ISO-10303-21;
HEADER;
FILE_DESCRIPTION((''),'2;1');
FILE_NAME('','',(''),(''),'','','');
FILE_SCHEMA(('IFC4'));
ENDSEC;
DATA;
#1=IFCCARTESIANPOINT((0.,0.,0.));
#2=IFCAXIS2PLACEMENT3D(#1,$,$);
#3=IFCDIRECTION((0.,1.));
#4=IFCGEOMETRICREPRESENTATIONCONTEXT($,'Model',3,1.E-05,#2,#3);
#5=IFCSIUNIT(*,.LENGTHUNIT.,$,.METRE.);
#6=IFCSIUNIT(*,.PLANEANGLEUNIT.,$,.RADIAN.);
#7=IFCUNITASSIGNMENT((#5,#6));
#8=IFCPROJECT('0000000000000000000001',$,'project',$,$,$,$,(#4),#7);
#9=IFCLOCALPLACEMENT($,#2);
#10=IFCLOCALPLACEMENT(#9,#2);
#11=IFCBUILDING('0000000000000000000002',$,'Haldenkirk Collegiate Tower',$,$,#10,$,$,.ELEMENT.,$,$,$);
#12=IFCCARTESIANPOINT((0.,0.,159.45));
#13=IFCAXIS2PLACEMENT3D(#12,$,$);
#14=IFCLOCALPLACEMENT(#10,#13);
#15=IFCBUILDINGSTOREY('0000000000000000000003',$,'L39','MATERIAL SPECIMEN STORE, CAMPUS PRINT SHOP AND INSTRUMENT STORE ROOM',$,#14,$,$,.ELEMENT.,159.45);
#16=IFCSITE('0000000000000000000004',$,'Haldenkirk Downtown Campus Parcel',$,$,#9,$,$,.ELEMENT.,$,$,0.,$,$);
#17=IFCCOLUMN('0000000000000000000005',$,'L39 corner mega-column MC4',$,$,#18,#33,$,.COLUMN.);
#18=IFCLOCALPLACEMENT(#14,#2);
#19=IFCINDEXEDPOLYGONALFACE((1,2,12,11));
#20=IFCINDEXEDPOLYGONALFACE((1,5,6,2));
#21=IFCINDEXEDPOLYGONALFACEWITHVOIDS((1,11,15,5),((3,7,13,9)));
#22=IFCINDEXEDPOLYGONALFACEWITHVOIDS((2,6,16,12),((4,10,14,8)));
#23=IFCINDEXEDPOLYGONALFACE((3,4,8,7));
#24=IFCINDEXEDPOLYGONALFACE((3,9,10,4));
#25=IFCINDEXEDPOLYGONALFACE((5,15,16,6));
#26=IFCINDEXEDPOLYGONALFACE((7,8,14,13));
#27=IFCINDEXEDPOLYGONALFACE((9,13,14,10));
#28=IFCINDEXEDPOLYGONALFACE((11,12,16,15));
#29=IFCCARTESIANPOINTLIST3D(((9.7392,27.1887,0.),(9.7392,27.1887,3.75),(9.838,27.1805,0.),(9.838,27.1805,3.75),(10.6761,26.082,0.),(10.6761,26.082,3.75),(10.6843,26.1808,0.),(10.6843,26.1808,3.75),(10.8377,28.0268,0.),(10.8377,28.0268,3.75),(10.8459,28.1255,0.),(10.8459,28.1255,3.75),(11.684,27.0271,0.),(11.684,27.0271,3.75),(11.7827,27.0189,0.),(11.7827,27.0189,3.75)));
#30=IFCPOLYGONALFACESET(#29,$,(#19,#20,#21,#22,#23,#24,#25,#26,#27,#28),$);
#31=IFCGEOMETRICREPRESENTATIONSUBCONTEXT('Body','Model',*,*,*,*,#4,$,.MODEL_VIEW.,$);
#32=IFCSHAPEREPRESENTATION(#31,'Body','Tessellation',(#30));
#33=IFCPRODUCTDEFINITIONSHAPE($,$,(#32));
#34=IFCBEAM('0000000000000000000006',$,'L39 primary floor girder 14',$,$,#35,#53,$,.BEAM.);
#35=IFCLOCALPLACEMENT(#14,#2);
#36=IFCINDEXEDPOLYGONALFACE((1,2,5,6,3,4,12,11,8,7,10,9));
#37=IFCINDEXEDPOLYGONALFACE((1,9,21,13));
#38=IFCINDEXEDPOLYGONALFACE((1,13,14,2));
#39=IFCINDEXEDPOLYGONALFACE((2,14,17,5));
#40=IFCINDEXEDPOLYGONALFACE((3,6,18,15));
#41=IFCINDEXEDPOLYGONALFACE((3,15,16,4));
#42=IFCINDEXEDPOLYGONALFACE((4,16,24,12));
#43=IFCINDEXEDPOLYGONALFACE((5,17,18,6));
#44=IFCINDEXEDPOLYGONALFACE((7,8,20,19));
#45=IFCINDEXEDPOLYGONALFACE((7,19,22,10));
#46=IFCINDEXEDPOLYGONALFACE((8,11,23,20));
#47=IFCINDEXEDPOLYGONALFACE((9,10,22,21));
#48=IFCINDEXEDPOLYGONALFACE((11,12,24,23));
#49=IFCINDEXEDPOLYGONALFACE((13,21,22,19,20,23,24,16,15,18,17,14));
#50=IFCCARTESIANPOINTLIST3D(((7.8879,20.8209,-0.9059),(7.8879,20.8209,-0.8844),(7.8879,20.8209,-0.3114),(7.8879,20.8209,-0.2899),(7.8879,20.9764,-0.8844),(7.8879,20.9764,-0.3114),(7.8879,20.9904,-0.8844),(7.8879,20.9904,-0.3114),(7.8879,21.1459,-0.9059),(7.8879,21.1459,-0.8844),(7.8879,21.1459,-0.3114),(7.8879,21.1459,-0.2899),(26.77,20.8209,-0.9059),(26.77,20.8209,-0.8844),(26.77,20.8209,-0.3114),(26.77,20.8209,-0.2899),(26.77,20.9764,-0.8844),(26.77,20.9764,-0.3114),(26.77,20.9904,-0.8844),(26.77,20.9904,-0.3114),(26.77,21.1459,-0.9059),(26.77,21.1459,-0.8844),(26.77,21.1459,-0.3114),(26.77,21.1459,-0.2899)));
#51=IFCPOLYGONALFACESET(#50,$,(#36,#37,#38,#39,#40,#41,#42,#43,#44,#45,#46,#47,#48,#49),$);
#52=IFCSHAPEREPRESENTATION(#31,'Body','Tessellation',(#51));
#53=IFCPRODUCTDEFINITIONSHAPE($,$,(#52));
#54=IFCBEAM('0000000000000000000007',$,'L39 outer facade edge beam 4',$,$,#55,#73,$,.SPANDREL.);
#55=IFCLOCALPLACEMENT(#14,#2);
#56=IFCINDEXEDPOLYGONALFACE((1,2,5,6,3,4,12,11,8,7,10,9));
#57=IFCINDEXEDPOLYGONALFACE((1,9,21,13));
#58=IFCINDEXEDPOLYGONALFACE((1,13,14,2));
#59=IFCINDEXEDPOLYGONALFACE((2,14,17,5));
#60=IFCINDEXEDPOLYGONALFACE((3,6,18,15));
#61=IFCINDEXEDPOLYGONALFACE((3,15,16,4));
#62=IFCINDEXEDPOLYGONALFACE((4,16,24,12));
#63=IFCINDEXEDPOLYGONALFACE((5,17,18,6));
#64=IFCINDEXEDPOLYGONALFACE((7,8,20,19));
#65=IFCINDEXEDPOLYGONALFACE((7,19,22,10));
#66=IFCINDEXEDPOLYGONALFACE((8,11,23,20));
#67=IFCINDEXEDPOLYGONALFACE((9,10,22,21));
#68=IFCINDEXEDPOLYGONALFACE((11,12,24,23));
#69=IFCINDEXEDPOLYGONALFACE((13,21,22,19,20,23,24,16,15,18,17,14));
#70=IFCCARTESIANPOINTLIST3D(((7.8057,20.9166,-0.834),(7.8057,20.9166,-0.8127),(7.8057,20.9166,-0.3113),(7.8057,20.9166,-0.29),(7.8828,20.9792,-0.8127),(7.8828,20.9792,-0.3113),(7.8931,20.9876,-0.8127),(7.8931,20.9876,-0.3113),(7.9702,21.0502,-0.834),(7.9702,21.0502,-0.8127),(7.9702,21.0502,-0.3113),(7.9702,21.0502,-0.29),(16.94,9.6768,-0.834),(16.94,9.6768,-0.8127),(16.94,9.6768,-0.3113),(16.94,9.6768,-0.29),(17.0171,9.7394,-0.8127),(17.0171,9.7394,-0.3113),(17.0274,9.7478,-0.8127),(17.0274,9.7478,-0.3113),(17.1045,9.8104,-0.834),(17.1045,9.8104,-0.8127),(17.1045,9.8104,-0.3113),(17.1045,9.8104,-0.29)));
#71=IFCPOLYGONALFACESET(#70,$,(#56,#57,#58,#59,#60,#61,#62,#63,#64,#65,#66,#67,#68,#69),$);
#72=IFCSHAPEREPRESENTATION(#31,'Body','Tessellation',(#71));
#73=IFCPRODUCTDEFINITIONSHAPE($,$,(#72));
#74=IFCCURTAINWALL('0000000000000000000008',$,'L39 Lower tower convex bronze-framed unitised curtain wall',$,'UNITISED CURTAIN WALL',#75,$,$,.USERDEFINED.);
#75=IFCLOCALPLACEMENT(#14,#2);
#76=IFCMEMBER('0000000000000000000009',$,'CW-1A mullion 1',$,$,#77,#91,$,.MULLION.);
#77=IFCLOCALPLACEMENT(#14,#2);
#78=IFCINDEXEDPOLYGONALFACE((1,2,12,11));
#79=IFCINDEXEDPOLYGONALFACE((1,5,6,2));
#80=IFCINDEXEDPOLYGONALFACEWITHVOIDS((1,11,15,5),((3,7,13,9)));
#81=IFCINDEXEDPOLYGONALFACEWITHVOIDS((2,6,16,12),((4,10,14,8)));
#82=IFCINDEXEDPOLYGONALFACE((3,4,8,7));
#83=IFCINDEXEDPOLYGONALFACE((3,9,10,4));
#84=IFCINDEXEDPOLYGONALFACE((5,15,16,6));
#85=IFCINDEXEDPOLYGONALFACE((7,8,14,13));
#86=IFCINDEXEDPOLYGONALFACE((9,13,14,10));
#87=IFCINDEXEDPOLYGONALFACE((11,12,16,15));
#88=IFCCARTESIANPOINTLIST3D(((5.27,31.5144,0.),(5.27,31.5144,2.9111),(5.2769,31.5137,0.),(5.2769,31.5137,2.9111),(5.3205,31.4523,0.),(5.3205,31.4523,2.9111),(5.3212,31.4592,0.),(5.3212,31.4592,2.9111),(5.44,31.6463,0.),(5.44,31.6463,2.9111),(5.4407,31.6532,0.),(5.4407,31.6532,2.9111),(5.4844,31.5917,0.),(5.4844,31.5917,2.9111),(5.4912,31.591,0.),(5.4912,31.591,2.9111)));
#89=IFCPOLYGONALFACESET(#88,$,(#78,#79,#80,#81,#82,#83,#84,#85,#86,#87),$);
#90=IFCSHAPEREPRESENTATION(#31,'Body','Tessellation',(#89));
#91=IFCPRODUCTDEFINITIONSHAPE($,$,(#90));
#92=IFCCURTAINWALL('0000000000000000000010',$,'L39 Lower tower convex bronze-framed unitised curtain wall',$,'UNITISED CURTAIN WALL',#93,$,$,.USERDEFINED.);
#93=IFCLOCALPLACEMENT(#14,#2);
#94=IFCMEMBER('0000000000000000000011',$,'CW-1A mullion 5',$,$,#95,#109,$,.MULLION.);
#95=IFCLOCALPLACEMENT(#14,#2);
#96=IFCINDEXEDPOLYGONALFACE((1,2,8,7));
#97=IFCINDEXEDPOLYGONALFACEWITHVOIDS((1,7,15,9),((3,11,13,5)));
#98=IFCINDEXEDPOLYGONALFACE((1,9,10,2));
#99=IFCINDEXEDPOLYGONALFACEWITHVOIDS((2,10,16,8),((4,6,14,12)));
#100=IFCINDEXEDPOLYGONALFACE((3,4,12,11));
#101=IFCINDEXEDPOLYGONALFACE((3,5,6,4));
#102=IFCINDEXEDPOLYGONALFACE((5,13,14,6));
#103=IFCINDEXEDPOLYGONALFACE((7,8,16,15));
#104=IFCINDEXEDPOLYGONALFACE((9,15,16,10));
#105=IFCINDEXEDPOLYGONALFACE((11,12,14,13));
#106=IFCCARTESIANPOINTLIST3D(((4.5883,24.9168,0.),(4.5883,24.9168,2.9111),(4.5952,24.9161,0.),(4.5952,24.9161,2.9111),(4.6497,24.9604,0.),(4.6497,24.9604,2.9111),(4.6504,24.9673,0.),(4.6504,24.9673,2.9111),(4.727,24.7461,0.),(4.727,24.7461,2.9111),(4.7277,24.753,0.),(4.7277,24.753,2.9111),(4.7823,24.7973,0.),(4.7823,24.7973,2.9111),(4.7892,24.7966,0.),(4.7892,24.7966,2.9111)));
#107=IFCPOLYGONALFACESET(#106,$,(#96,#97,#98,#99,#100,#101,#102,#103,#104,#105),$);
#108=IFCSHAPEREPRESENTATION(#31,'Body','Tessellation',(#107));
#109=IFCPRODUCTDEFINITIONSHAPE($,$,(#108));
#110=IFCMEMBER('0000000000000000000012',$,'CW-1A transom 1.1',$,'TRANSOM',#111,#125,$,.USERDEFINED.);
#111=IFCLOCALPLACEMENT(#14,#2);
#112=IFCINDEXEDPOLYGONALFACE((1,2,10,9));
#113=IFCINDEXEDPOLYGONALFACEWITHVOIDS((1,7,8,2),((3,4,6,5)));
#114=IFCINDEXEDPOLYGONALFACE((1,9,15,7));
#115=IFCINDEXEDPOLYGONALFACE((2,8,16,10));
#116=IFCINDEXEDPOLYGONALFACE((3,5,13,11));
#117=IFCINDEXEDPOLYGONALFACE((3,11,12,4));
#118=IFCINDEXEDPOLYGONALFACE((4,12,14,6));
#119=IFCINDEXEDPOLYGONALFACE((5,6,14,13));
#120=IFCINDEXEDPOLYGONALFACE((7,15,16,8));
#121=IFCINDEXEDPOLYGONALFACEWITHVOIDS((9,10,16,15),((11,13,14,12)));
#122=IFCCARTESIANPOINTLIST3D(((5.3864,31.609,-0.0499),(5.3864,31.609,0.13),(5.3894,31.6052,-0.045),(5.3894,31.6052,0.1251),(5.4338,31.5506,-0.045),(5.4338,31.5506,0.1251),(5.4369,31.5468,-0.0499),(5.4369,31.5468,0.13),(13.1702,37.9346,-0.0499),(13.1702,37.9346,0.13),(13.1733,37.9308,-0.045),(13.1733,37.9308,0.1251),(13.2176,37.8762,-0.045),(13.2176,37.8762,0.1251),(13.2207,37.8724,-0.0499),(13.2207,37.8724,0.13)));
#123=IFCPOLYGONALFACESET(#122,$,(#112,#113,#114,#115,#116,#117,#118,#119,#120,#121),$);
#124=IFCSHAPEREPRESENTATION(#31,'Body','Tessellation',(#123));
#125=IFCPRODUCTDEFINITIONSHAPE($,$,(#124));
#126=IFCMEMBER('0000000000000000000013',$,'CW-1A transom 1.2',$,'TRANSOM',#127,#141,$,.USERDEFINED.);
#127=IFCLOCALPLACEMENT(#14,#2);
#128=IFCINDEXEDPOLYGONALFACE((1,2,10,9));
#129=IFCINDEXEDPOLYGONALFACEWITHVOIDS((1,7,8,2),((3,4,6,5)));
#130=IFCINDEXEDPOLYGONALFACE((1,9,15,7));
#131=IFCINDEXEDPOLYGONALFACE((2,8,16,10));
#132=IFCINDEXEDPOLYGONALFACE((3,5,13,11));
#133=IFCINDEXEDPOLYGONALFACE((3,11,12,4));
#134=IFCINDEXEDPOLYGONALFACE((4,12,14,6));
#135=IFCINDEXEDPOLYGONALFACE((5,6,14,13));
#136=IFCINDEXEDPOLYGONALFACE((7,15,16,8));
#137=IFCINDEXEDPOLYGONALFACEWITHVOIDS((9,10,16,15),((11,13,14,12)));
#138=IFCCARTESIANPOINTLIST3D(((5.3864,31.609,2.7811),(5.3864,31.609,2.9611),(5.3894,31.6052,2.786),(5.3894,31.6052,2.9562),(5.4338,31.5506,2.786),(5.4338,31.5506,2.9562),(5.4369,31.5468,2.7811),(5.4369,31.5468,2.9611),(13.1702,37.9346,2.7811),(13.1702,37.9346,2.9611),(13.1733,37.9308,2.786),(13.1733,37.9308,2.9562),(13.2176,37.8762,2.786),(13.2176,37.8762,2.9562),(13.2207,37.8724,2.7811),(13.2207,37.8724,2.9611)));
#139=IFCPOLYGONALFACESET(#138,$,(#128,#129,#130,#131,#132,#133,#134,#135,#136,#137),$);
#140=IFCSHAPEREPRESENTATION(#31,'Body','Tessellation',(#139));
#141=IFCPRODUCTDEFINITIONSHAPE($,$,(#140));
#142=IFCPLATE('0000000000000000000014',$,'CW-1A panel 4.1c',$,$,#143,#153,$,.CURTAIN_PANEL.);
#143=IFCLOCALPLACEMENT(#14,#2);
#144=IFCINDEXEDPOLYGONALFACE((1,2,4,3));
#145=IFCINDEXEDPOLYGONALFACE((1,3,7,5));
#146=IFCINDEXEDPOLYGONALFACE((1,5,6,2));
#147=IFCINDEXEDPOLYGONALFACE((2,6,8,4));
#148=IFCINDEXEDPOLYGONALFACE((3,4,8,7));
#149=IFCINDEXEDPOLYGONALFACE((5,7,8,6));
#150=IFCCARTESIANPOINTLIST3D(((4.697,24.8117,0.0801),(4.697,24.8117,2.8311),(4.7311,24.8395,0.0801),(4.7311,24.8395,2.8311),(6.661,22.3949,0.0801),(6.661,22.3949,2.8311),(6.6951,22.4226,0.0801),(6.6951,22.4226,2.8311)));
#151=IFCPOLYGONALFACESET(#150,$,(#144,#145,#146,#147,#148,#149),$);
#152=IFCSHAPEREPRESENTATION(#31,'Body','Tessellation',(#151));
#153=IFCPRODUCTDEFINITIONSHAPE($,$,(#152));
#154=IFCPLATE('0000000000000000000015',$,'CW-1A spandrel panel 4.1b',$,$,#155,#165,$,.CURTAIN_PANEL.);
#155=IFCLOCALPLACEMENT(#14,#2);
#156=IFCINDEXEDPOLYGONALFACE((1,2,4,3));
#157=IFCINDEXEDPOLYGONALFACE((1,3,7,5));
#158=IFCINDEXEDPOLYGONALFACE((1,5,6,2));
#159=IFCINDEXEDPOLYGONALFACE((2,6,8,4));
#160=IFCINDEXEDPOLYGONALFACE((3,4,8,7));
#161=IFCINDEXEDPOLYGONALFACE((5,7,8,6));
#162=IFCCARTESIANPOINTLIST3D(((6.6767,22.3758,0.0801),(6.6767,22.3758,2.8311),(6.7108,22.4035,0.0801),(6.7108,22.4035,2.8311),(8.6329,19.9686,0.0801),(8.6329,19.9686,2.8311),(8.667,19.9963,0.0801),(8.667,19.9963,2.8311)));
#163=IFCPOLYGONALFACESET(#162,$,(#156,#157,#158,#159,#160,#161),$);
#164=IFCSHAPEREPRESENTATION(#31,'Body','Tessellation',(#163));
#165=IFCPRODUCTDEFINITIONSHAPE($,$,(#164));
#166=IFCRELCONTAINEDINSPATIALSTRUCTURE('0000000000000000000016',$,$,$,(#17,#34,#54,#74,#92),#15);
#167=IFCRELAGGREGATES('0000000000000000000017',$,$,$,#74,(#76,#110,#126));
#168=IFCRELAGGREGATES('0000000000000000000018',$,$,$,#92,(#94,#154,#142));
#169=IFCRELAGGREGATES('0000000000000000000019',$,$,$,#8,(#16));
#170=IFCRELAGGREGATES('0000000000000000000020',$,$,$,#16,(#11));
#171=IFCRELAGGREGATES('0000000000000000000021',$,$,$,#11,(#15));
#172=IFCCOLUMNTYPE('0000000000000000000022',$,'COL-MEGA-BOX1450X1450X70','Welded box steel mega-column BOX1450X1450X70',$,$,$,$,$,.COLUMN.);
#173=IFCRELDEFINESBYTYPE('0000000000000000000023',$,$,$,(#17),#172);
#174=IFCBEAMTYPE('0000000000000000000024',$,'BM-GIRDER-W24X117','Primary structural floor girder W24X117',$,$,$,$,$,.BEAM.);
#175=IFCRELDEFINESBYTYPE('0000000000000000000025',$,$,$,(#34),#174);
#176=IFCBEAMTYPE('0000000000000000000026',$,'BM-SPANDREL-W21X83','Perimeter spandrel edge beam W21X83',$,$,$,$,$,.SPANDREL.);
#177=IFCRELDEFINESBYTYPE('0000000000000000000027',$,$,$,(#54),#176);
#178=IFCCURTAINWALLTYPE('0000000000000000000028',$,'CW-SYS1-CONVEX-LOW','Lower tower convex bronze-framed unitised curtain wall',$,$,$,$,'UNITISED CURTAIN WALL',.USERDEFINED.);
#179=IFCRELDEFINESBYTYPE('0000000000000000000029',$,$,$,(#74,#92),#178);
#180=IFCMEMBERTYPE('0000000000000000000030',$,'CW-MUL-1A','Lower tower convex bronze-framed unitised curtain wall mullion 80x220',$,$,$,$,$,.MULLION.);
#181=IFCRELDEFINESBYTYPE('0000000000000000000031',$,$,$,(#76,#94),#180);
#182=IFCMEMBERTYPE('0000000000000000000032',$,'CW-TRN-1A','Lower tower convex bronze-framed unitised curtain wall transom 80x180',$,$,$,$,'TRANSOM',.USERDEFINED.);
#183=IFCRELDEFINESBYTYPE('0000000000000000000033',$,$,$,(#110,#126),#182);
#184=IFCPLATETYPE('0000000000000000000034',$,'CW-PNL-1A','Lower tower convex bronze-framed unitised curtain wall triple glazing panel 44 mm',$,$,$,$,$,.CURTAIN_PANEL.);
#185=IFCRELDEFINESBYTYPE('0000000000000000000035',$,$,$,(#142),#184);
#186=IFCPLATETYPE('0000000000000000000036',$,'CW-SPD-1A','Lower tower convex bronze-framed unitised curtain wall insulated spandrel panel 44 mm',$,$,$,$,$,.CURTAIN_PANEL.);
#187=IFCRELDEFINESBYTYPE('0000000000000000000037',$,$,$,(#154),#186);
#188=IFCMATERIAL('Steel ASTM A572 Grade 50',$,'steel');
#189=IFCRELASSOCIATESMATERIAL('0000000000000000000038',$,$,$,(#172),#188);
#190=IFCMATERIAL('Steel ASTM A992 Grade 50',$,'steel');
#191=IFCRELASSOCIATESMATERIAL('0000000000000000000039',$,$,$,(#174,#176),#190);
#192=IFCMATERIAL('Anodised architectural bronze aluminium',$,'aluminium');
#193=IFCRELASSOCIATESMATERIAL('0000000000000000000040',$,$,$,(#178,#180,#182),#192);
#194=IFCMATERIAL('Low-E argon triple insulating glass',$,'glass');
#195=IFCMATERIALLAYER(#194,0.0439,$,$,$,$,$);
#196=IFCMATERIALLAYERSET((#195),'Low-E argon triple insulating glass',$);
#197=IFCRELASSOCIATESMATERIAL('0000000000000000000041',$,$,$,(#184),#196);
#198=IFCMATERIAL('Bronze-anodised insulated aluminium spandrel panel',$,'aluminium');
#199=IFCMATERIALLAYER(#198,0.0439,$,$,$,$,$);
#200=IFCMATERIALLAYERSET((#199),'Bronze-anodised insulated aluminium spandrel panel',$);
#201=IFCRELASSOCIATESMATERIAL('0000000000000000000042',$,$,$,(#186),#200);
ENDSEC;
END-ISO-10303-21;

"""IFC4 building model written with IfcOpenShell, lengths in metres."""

from ifc_helpers import new_model, si_unit, direction, frame, origin, origin_2d, place, context, subcontext, project, spatial, rectangle, hollow_rectangle, i_section, extrude, source, transform, mapped, material, layer, layer_set, material_profile, profile_set, type_object, element, aggregate, save


model = new_model("IFC4")

# Units and contexts
model_context = context("Model", 3, precision=1e-05, world=origin(), true_north=direction((0.0, 1.0)))
body_context = subcontext(model_context, "Body", "Model", "MODEL_VIEW")
ifc_project = project(units=[si_unit("LENGTHUNIT", "METRE"), si_unit("PLANEANGLEUNIT", "RADIAN")], contexts=[model_context])

# Site, building, storey
site_placement = place(None, origin())
site = spatial("IfcSite", under=ifc_project, at=site_placement, Name="Haldenkirk Downtown Campus Parcel", CompositionType="ELEMENT", RefElevation=0.0)
building_placement = place(site_placement, origin())
building = spatial("IfcBuilding", under=site, at=building_placement, Name="Haldenkirk Collegiate Tower", CompositionType="ELEMENT")
storey_placement = place(building_placement, frame((0.0, 0.0, 159.45)))
storey = spatial("IfcBuildingStorey", under=building, at=storey_placement, Name="L39", Description="MATERIAL SPECIMEN STORE, CAMPUS PRINT SHOP AND INSTRUMENT STORE ROOM", CompositionType="ELEMENT", Elevation=159.45)

# Column
ifc_material_1 = material(Name="Steel ASTM A572 Grade 50", Category="steel")
ifc_material_profile_1 = material_profile(ifc_material_1, hollow_rectangle(XDim=1.45, YDim=1.45, WallThickness=0.0701, at=origin_2d()), Name="BOX1450X1450X70")
ifc_profile_set_1 = profile_set([ifc_material_profile_1], Name="Steel ASTM A572 Grade 50")
column_type = type_object("IfcColumnType", Name="COL-MEGA-BOX1450X1450X70", Description="Welded box steel mega-column BOX1450X1450X70", PredefinedType="COLUMN", material=ifc_profile_set_1)
column_placement = place(storey_placement, frame((10.761, 27.1038, 0.0), z_axis=(0.0, 0.0, 1.0), x_axis=(0.763232, 0.646124, 0.0)))
element("IfcColumn", 1, at=column_placement, inside=storey, type_object=column_type, Name="L39 corner mega-column MC4", PredefinedType="COLUMN", context=body_context, shape_type="SweptSolid", body=[
    extrude(hollow_rectangle(XDim=1.45, YDim=1.45, WallThickness=0.0701, at=origin_2d()), origin(), (0.0, 0.0, 1.0), 3.75),
])

# Beams
ifc_material_2 = material(Name="Steel ASTM A992 Grade 50", Category="steel")
ifc_material_profile_2 = material_profile(ifc_material_2, i_section(OverallWidth=0.325, OverallDepth=0.616, WebThickness=0.0139, FlangeThickness=0.0215, at=origin_2d()), Name="W24X117")
ifc_profile_set_2 = profile_set([ifc_material_profile_2], Name="Steel ASTM A992 Grade 50")
beam_type_1 = type_object("IfcBeamType", Name="BM-GIRDER-W24X117", Description="Primary structural floor girder W24X117", PredefinedType="BEAM", material=ifc_profile_set_2)
beam_1_placement = place(storey_placement, frame((7.8879, 20.9834, -0.5979), z_axis=(1.0, 0.0, 0.0), x_axis=(0.0, 1.0, 0.0)))
element("IfcBeam", 2, at=beam_1_placement, inside=storey, type_object=beam_type_1, Name="L39 primary floor girder 14", PredefinedType="BEAM", context=body_context, shape_type="SweptSolid", body=[
    extrude(i_section(OverallWidth=0.325, OverallDepth=0.616, WebThickness=0.0139, FlangeThickness=0.0215, at=origin_2d()), origin(), (0.0, 0.0, 1.0), 18.8821),
])
ifc_material_profile_3 = material_profile(ifc_material_2, i_section(OverallWidth=0.2119, OverallDepth=0.5439, WebThickness=0.0132, FlangeThickness=0.0212, at=origin_2d()), Name="W21X83")
ifc_profile_set_3 = profile_set([ifc_material_profile_3], Name="Steel ASTM A992 Grade 50")
beam_type_2 = type_object("IfcBeamType", Name="BM-SPANDREL-W21X83", Description="Perimeter spandrel edge beam W21X83", PredefinedType="SPANDREL", material=ifc_profile_set_3)
beam_2_placement = place(storey_placement, frame((7.8879, 20.9834, -0.562), z_axis=(0.630675, -0.776047, 0.0), x_axis=(0.776047, 0.630675, 0.0)))
element("IfcBeam", 3, at=beam_2_placement, inside=storey, type_object=beam_type_2, Name="L39 outer facade edge beam 4", PredefinedType="SPANDREL", context=body_context, shape_type="SweptSolid", body=[
    extrude(i_section(OverallWidth=0.2119, OverallDepth=0.5439, WebThickness=0.0132, FlangeThickness=0.0212, at=origin_2d()), origin(), (0.0, 0.0, 1.0), 14.4834),
])

# Curtain walls, members
ifc_material_3 = material(Name="Anodised architectural bronze aluminium", Category="aluminium")
curtain_wall_type = type_object("IfcCurtainWallType", Name="CW-SYS1-CONVEX-LOW", Description="Lower tower convex bronze-framed unitised curtain wall", ElementType="UNITISED CURTAIN WALL", PredefinedType="USERDEFINED", material=ifc_material_3)
curtain_wall_1_placement = place(storey_placement, origin())
curtain_wall_1 = element("IfcCurtainWall", 4, at=curtain_wall_1_placement, inside=storey, type_object=curtain_wall_type, Name="L39 Lower tower convex bronze-framed unitised curtain wall", ObjectType="UNITISED CURTAIN WALL", PredefinedType="USERDEFINED")
ifc_material_profile_4 = material_profile(ifc_material_3, hollow_rectangle(XDim=0.0801, YDim=0.22, WallThickness=0.0049, at=origin_2d()), Name="CW-MUL-1A")
ifc_profile_set_4 = profile_set([ifc_material_profile_4], Name="Anodised architectural bronze aluminium")
member_type_1 = type_object("IfcMemberType", Name="CW-MUL-1A", Description="Lower tower convex bronze-framed unitised curtain wall mullion 80x220", PredefinedType="MULLION", material=ifc_profile_set_4)
member_1_placement = place(storey_placement, frame((5.3806, 31.5527, 0.0), z_axis=(0.0, 0.0, 1.0), x_axis=(-0.630674, 0.776048, 0.0)))
member_1 = element("IfcMember", 5, at=member_1_placement, type_object=member_type_1, Name="CW-1A mullion 1", PredefinedType="MULLION", context=body_context, shape_type="SweptSolid", body=[
    extrude(hollow_rectangle(XDim=0.0801, YDim=0.22, WallThickness=0.0049, at=origin_2d()), origin(), (0.0, 0.0, 1.0), 2.9111),
])
curtain_wall_2_placement = place(storey_placement, origin())
curtain_wall_2 = element("IfcCurtainWall", 6, at=curtain_wall_2_placement, inside=storey, type_object=curtain_wall_type, Name="L39 Lower tower convex bronze-framed unitised curtain wall", ObjectType="UNITISED CURTAIN WALL", PredefinedType="USERDEFINED")
member_2_placement = place(storey_placement, frame((4.6887, 24.8567, 0.0), z_axis=(0.0, 0.0, 1.0), x_axis=(-0.776048, -0.630674, 0.0)))
member_2 = element("IfcMember", 7, at=member_2_placement, type_object=member_type_1, Name="CW-1A mullion 5", PredefinedType="MULLION", context=body_context, shape_type="SweptSolid", body=[
    extrude(hollow_rectangle(XDim=0.0801, YDim=0.22, WallThickness=0.0049, at=origin_2d()), origin(), (0.0, 0.0, 1.0), 2.9111),
])

# Members
ifc_material_profile_5 = material_profile(ifc_material_3, hollow_rectangle(XDim=0.0801, YDim=0.1799, WallThickness=0.0049, at=origin_2d()), Name="CW-TRN-1A")
ifc_profile_set_5 = profile_set([ifc_material_profile_5], Name="Anodised architectural bronze aluminium")
member_type_2 = type_object("IfcMemberType", Name="CW-TRN-1A", Description="Lower tower convex bronze-framed unitised curtain wall transom 80x180", ElementType="TRANSOM", PredefinedType="USERDEFINED", material=ifc_profile_set_5)
member_3_placement = place(storey_placement, frame((5.4116, 31.5779, 0.04), z_axis=(0.776054, 0.630667, 0.0), x_axis=(-0.630667, 0.776054, 0.0)))
member_3 = element("IfcMember", 8, at=member_3_placement, type_object=member_type_2, Name="CW-1A transom 1.1", ObjectType="TRANSOM", PredefinedType="USERDEFINED", context=body_context, shape_type="SweptSolid", body=[
    extrude(hollow_rectangle(XDim=0.0801, YDim=0.1799, WallThickness=0.0049, at=origin_2d()), origin(), (0.0, 0.0, 1.0), 10.03),
])
member_4_placement = place(storey_placement, frame((5.4116, 31.5779, 2.8711), z_axis=(0.776054, 0.630667, 0.0), x_axis=(-0.630667, 0.776054, 0.0)))
member_4 = element("IfcMember", 9, at=member_4_placement, type_object=member_type_2, Name="CW-1A transom 1.2", ObjectType="TRANSOM", PredefinedType="USERDEFINED", context=body_context, shape_type="SweptSolid", body=[
    extrude(hollow_rectangle(XDim=0.0801, YDim=0.1799, WallThickness=0.0049, at=origin_2d()), origin(), (0.0, 0.0, 1.0), 10.03),
])
aggregate(curtain_wall_1, [member_1, member_3, member_4])

# Plates
ifc_material_4 = material(Name="Low-E argon triple insulating glass", Category="glass")
ifc_layer_1 = layer(ifc_material_4, 0.0439)
ifc_layer_set_1 = layer_set([ifc_layer_1], Name="Low-E argon triple insulating glass")
plate_type_1 = type_object("IfcPlateType", Name="CW-PNL-1A", Description="Lower tower convex bronze-framed unitised curtain wall triple glazing panel 44 mm", PredefinedType="CURTAIN_PANEL", material=ifc_layer_set_1)
shared_shape_1 = source(origin(), body_context, "Body", "SweptSolid", [
    extrude(rectangle(XDim=3.1143, YDim=0.0439, at=origin_2d()), origin(), (0.0, 0.0, 1.0), 2.751),
])
plate_1_placement = place(storey_placement, frame((5.696, 23.6172, 0.0801), z_axis=(0.0, 0.0, 1.0), x_axis=(-0.630674, 0.776048, 0.0)))
plate_1 = element("IfcPlate", 10, at=plate_1_placement, type_object=plate_type_1, Name="CW-1A panel 4.1c", PredefinedType="CURTAIN_PANEL", context=body_context, shape_type="MappedRepresentation", body=[
    mapped(shared_shape_1, transform((0.0, 0.0, 0.0), x_axis=(1.0, 0.0, 0.0), y_axis=(0.0, 1.0, 0.0), z_axis=(0.0, 0.0, 1.0), scale=1.0)),
])
ifc_material_5 = material(Name="Bronze-anodised insulated aluminium spandrel panel", Category="aluminium")
ifc_layer_2 = layer(ifc_material_5, 0.0439)
ifc_layer_set_2 = layer_set([ifc_layer_2], Name="Bronze-anodised insulated aluminium spandrel panel")
plate_type_2 = type_object("IfcPlateType", Name="CW-SPD-1A", Description="Lower tower convex bronze-framed unitised curtain wall insulated spandrel panel 44 mm", PredefinedType="CURTAIN_PANEL", material=ifc_layer_set_2)
shared_shape_2 = source(origin(), body_context, "Body", "SweptSolid", [
    extrude(rectangle(XDim=3.1018, YDim=0.0439, at=origin_2d()), origin(), (0.0, 0.0, 1.0), 2.751),
])
plate_2_placement = place(storey_placement, frame((7.6719, 21.186, 0.0801), z_axis=(0.0, 0.0, 1.0), x_axis=(-0.630674, 0.776048, 0.0)))
plate_2 = element("IfcPlate", 11, at=plate_2_placement, type_object=plate_type_2, Name="CW-1A spandrel panel 4.1b", PredefinedType="CURTAIN_PANEL", context=body_context, shape_type="MappedRepresentation", body=[
    mapped(shared_shape_2, transform((0.0, 0.0, 0.0), x_axis=(1.0, 0.0, 0.0), y_axis=(0.0, 1.0, 0.0), z_axis=(0.0, 0.0, 1.0), scale=1.0)),
])
aggregate(curtain_wall_2, [member_2, plate_2, plate_1])

save(model, "model.ifc")
